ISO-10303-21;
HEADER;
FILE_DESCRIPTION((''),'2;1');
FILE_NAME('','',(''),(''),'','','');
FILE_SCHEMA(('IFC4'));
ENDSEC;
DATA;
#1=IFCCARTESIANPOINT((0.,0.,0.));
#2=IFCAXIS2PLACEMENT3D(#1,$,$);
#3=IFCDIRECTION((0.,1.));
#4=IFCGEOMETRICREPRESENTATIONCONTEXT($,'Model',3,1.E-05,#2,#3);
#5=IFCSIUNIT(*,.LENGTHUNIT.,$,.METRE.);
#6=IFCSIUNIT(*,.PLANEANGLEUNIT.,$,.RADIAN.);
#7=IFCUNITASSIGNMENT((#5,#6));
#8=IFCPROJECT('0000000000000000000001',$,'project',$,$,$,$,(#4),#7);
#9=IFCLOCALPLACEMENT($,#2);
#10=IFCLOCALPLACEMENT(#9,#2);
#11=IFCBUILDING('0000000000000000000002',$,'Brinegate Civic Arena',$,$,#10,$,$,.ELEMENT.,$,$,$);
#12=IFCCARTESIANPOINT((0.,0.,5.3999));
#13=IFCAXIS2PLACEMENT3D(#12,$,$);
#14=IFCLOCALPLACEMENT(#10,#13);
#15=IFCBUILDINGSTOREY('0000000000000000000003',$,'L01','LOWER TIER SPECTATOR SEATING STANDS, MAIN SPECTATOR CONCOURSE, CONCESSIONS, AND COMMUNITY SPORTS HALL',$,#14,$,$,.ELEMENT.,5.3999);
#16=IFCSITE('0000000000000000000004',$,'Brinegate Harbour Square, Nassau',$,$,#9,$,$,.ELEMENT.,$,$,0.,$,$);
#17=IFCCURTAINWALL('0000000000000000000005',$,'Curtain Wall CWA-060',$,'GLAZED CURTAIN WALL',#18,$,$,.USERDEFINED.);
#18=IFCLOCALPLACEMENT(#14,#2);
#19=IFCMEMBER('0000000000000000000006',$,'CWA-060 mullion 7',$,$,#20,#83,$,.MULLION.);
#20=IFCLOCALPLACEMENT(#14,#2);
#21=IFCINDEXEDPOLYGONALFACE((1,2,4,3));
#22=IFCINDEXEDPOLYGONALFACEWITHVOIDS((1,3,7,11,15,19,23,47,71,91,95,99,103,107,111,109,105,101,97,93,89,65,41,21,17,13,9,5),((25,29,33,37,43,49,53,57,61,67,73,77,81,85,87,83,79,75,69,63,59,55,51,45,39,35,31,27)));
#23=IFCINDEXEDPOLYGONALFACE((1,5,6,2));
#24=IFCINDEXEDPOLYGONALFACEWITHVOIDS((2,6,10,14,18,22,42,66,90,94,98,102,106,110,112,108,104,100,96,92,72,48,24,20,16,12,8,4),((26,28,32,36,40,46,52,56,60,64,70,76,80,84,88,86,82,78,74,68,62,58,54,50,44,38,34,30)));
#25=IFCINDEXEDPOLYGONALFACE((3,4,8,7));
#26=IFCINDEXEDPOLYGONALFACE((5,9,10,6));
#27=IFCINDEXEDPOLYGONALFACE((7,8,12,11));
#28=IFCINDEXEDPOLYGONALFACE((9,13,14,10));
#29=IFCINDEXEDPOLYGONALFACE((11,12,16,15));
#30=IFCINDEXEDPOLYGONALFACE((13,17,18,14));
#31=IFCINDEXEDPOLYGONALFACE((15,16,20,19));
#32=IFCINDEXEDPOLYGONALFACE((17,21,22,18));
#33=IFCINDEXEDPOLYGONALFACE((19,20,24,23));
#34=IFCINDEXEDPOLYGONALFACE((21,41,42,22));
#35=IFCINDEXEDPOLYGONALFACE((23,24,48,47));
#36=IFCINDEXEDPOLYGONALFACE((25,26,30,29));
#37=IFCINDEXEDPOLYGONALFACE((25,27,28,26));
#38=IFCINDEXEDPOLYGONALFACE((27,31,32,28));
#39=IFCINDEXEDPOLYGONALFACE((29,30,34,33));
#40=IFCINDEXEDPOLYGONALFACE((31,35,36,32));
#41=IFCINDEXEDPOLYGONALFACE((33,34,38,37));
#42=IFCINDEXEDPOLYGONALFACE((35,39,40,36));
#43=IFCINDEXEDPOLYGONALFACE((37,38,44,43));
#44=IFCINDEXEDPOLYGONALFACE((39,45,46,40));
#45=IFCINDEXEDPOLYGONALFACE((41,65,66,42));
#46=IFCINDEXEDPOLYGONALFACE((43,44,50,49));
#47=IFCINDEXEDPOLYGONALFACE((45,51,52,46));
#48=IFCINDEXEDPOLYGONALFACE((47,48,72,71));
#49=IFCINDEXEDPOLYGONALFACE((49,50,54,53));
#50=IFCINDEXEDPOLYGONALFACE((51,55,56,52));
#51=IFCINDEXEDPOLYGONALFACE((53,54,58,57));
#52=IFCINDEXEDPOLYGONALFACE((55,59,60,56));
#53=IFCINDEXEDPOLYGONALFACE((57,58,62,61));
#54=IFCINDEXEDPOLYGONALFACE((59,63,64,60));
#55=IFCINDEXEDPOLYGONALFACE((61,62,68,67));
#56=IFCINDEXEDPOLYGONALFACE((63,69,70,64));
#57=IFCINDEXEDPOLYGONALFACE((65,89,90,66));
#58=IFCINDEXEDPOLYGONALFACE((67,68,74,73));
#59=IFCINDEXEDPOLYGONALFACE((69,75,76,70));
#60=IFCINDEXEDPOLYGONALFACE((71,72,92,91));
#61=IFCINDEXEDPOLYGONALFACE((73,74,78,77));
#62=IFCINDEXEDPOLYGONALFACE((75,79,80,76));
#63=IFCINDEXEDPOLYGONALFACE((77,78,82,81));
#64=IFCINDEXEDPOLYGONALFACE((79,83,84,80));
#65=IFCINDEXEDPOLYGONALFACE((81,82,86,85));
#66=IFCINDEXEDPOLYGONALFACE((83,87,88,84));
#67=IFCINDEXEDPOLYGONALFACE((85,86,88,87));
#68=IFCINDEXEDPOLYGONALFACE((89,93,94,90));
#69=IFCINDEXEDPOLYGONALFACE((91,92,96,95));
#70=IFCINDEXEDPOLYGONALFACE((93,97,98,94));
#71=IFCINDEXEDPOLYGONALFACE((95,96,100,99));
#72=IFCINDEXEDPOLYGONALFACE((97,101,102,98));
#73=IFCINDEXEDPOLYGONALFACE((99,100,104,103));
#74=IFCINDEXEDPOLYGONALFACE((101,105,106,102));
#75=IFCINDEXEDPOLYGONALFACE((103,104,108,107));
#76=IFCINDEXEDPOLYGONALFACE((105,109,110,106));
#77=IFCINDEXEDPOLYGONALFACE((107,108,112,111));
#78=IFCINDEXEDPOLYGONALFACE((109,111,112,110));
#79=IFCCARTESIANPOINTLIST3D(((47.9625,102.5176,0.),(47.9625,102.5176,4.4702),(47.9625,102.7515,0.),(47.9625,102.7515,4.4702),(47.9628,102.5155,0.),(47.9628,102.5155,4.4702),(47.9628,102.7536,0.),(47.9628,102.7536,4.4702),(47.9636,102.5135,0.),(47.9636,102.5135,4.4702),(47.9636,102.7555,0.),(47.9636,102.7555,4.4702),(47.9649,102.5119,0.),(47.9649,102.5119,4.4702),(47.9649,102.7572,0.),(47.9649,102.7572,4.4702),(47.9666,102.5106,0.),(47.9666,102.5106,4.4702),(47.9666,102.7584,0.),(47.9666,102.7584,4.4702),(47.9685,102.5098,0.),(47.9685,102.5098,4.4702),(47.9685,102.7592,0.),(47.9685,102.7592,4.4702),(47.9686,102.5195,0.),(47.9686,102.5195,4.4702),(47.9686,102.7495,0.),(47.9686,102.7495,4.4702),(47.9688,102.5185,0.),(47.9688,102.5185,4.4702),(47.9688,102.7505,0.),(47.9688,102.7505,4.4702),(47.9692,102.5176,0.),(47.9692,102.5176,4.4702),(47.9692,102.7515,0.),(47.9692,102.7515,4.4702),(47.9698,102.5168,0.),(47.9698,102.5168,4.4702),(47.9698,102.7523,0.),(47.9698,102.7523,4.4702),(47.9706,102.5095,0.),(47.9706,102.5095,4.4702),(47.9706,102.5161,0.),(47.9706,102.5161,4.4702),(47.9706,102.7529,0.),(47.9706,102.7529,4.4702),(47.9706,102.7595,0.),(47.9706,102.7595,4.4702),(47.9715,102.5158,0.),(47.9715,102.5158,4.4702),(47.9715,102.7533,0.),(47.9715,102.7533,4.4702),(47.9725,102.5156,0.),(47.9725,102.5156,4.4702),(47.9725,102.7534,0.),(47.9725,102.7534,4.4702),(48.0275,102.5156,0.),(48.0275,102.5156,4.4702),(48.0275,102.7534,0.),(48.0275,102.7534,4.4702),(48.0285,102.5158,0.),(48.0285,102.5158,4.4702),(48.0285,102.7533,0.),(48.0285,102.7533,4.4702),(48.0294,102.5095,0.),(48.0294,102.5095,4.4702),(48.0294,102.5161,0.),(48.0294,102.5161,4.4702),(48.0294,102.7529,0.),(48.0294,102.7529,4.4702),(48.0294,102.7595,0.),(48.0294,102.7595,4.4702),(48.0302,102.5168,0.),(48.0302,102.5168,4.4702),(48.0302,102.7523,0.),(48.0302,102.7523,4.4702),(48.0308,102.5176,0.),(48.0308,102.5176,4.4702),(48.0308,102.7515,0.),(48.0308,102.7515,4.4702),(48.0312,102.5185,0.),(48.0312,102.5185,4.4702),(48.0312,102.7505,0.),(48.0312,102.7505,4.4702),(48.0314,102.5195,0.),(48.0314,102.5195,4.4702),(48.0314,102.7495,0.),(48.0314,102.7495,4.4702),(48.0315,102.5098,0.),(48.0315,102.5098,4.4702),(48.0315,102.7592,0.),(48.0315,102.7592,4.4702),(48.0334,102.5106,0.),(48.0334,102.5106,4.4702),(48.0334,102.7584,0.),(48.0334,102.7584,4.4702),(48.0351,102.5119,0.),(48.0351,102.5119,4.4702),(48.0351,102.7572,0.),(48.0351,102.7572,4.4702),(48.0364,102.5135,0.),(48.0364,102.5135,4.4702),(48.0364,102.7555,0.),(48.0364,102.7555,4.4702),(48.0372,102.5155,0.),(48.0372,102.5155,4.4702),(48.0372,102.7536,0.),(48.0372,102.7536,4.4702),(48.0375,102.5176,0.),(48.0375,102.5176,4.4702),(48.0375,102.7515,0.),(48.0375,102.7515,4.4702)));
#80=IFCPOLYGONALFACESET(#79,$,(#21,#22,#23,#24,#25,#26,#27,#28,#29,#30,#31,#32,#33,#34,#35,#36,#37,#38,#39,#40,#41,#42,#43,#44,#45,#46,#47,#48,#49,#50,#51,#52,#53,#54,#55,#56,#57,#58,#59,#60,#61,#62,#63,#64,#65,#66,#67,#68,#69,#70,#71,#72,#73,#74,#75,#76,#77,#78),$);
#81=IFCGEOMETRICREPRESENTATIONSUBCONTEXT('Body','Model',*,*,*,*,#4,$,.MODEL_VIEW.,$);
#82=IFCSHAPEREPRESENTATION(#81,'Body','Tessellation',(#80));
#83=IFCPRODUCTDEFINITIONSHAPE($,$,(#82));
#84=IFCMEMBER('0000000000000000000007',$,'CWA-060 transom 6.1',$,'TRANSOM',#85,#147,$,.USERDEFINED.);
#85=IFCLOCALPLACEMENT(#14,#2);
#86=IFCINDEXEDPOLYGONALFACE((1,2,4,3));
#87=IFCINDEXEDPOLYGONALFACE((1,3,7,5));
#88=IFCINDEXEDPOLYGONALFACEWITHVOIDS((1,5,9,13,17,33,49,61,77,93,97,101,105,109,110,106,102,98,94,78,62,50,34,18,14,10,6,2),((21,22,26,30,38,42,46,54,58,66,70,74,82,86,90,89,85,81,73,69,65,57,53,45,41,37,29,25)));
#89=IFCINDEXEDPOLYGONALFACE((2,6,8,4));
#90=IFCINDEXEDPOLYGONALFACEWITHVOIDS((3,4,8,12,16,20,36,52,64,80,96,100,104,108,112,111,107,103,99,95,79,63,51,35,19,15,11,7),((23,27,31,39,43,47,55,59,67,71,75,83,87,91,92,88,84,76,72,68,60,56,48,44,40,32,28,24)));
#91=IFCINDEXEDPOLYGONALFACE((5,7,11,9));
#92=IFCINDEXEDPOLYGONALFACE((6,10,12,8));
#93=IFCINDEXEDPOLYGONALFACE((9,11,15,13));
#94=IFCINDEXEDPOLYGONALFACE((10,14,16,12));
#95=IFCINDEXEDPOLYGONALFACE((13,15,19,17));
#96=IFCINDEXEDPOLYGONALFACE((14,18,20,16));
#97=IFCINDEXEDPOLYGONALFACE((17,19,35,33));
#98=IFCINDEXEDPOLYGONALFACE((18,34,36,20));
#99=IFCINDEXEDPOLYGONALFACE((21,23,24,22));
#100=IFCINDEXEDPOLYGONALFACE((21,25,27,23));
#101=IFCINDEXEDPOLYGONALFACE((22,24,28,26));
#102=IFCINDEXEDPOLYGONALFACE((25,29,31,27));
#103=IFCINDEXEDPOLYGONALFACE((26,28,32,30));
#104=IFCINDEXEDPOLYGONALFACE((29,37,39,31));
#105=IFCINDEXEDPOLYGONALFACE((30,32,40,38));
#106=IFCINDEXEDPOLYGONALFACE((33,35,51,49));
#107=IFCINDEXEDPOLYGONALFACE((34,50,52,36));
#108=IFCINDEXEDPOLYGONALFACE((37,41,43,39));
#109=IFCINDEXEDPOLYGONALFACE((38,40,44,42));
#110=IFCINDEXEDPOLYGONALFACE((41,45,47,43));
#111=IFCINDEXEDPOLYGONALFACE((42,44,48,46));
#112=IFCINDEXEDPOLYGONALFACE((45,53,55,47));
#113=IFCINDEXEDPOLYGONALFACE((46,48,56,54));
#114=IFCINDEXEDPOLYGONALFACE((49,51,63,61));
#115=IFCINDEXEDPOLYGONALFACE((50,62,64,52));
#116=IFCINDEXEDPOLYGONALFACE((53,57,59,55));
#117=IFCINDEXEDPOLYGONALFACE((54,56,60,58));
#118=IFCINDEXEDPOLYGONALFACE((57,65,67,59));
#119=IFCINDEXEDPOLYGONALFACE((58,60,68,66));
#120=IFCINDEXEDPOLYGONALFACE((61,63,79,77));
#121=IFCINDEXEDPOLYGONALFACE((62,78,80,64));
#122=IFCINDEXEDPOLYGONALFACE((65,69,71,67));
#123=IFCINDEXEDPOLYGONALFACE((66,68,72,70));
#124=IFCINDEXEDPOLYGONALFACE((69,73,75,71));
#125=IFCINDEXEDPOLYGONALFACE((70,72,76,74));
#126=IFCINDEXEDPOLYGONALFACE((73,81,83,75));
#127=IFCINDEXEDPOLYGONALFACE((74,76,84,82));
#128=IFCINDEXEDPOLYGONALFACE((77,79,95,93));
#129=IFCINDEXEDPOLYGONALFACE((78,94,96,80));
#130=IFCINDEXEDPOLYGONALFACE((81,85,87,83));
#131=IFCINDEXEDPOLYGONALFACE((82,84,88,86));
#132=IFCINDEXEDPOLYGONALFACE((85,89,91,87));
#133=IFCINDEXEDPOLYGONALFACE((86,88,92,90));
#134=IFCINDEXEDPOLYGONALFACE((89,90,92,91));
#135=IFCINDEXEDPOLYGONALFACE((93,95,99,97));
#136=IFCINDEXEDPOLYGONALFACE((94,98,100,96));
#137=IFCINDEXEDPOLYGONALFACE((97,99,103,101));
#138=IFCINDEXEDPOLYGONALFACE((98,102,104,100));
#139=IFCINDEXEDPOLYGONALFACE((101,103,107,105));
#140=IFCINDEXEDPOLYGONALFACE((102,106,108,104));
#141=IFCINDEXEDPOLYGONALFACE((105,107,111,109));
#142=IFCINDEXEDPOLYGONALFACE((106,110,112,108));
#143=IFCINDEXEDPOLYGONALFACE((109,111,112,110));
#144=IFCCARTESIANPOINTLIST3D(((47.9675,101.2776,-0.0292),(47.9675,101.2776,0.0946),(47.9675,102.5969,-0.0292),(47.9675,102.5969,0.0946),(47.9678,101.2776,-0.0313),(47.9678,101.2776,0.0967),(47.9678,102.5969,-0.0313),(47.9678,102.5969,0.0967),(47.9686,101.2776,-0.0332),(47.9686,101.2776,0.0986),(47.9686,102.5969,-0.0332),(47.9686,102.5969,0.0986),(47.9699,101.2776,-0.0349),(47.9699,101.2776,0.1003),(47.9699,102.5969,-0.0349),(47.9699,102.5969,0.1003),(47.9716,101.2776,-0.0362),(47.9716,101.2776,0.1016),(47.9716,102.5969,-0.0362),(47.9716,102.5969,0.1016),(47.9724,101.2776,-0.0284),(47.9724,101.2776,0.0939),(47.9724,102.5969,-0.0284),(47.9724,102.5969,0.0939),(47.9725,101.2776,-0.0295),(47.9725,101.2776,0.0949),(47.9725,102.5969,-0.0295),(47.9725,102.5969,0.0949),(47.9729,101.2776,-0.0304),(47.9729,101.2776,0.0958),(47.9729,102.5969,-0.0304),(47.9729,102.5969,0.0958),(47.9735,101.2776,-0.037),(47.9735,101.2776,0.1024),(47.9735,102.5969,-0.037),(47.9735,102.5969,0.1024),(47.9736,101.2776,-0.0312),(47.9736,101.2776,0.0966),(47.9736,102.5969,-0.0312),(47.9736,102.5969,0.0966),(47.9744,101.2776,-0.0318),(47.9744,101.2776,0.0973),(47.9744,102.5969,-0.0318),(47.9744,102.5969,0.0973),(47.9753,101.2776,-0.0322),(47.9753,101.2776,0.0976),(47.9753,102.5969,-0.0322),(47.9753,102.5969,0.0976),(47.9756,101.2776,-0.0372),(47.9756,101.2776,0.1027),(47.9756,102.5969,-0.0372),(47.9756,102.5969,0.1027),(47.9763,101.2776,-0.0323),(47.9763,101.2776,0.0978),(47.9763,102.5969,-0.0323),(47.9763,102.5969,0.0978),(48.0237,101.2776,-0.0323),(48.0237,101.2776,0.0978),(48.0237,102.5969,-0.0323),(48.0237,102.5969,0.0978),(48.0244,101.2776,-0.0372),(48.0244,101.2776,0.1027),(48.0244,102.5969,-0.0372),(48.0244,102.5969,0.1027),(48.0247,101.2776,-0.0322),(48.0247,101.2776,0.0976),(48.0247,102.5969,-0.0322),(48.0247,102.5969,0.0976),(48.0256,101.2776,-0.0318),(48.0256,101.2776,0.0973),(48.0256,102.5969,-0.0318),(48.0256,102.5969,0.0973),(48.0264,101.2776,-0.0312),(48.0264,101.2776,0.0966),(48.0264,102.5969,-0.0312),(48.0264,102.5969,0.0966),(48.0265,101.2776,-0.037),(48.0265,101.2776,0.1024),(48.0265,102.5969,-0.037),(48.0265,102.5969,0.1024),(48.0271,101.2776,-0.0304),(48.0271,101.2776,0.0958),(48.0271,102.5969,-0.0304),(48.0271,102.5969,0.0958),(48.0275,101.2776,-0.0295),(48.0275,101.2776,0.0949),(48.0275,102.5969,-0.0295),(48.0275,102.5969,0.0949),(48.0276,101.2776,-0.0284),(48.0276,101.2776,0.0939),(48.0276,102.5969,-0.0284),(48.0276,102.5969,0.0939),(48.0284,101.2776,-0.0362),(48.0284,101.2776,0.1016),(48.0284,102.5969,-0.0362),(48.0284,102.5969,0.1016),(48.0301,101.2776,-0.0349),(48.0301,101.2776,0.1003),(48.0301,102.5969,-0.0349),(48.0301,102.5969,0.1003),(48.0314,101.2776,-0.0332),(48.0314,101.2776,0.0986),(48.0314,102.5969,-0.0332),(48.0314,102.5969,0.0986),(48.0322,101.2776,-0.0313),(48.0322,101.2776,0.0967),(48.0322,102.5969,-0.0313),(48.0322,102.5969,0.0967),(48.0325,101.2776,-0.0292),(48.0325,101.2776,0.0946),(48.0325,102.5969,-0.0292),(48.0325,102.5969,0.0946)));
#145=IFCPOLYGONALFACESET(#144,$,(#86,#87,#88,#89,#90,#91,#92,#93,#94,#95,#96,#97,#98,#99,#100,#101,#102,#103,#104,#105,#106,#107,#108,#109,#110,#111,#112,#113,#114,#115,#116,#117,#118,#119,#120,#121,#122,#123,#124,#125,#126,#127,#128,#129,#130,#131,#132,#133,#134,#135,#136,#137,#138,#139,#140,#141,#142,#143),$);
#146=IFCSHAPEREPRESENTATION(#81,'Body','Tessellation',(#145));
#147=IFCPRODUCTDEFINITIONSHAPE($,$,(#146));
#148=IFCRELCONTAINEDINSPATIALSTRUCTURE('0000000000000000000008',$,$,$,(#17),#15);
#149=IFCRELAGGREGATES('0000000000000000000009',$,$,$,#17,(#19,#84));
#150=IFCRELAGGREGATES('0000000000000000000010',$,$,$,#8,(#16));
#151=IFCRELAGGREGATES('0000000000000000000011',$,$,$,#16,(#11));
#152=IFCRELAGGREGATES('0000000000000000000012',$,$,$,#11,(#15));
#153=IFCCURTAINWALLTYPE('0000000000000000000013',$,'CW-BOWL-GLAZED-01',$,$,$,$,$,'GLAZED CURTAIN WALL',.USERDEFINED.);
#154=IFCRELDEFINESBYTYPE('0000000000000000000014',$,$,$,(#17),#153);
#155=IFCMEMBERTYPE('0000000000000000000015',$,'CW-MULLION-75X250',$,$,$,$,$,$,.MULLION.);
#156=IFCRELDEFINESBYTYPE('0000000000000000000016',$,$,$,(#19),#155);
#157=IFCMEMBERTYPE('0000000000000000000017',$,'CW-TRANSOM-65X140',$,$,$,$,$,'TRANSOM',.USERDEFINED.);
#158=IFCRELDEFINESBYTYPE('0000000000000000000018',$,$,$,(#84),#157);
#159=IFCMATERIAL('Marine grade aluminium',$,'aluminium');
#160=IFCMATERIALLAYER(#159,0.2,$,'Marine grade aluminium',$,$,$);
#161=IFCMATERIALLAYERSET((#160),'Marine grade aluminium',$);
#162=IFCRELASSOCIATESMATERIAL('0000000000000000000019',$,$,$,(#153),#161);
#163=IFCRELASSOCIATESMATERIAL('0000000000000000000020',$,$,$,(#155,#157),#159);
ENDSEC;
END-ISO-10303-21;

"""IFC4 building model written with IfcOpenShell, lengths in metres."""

from ifc_helpers import new_model, si_unit, direction, frame, origin, origin_2d, place, context, subcontext, project, spatial, hollow_rectangle, extrude, material, layer, layer_set, material_profile, profile_set, type_object, element, aggregate, save


model = new_model("IFC4")

# Units and contexts
model_context = context("Model", 3, precision=1e-05, world=origin(), true_north=direction((0.0, 1.0)))
body_context = subcontext(model_context, "Body", "Model", "MODEL_VIEW")
ifc_project = project(units=[si_unit("LENGTHUNIT", "METRE"), si_unit("PLANEANGLEUNIT", "RADIAN")], contexts=[model_context])

# Site, building, storey
site_placement = place(None, origin())
site = spatial("IfcSite", under=ifc_project, at=site_placement, Name="Brinegate Harbour Square, Nassau", CompositionType="ELEMENT", RefElevation=0.0)
building_placement = place(site_placement, origin())
building = spatial("IfcBuilding", under=site, at=building_placement, Name="Brinegate Civic Arena", CompositionType="ELEMENT")
storey_placement = place(building_placement, frame((0.0, 0.0, 5.3999)))
storey = spatial("IfcBuildingStorey", under=building, at=storey_placement, Name="L01", Description="LOWER TIER SPECTATOR SEATING STANDS, MAIN SPECTATOR CONCOURSE, CONCESSIONS, AND COMMUNITY SPORTS HALL", CompositionType="ELEMENT", Elevation=5.3999)

# Curtain wall, members
ifc_material_1 = material(Name="Marine grade aluminium", Category="aluminium")
ifc_layer_1 = layer(ifc_material_1, 0.2, Name="Marine grade aluminium")
ifc_layer_set_1 = layer_set([ifc_layer_1], Name="Marine grade aluminium")
curtain_wall_type = type_object("IfcCurtainWallType", Name="CW-BOWL-GLAZED-01", ElementType="GLAZED CURTAIN WALL", PredefinedType="USERDEFINED", material=ifc_layer_set_1)
curtain_wall_1_placement = place(storey_placement, origin())
curtain_wall_1 = element("IfcCurtainWall", 1, at=curtain_wall_1_placement, inside=storey, type_object=curtain_wall_type, Name="Curtain Wall CWA-060", ObjectType="GLAZED CURTAIN WALL", PredefinedType="USERDEFINED")
ifc_material_profile_1 = material_profile(ifc_material_1, hollow_rectangle(XDim=0.075, YDim=0.25, WallThickness=0.0061, InnerFilletRadius=0.0039, OuterFilletRadius=0.0081, at=origin_2d()), Name="MUL75X250")
ifc_profile_set_1 = profile_set([ifc_material_profile_1], Name="Marine grade aluminium")
member_type_1 = type_object("IfcMemberType", Name="CW-MULLION-75X250", PredefinedType="MULLION", material=ifc_profile_set_1)
member_1_placement = place(storey_placement, frame((48.0, 102.6345, 0.0), z_axis=(0.0, 0.0, 1.0), x_axis=(-1.0, 0.0, 0.0)))
member_1 = element("IfcMember", 2, at=member_1_placement, type_object=member_type_1, Name="CWA-060 mullion 7", PredefinedType="MULLION", context=body_context, shape_type="SweptSolid", body=[
    extrude(hollow_rectangle(XDim=0.075, YDim=0.25, WallThickness=0.0061, InnerFilletRadius=0.0039, OuterFilletRadius=0.0081, at=origin_2d()), origin(), (0.0, 0.0, 1.0), 4.4702),
])
ifc_material_profile_2 = material_profile(ifc_material_1, hollow_rectangle(XDim=0.0649, YDim=0.1399, WallThickness=0.0049, InnerFilletRadius=0.0039, OuterFilletRadius=0.0081, at=origin_2d()), Name="TRN65X140")
ifc_profile_set_2 = profile_set([ifc_material_profile_2], Name="Marine grade aluminium")
member_type_2 = type_object("IfcMemberType", Name="CW-TRANSOM-65X140", ElementType="TRANSOM", PredefinedType="USERDEFINED", material=ifc_profile_set_2)
member_2_placement = place(storey_placement, frame((48.0, 101.2776, 0.0327), z_axis=(0.0, 1.0, 0.0), x_axis=(-1.0, 0.0, 0.0)))
member_2 = element("IfcMember", 3, at=member_2_placement, type_object=member_type_2, Name="CWA-060 transom 6.1", ObjectType="TRANSOM", PredefinedType="USERDEFINED", context=body_context, shape_type="SweptSolid", body=[
    extrude(hollow_rectangle(XDim=0.0649, YDim=0.1399, WallThickness=0.0049, InnerFilletRadius=0.0039, OuterFilletRadius=0.0081, at=origin_2d()), origin(), (0.0, 0.0, 1.0), 1.3193),
])

aggregate(curtain_wall_1, [member_1, member_2])

save(model, "model.ifc")
